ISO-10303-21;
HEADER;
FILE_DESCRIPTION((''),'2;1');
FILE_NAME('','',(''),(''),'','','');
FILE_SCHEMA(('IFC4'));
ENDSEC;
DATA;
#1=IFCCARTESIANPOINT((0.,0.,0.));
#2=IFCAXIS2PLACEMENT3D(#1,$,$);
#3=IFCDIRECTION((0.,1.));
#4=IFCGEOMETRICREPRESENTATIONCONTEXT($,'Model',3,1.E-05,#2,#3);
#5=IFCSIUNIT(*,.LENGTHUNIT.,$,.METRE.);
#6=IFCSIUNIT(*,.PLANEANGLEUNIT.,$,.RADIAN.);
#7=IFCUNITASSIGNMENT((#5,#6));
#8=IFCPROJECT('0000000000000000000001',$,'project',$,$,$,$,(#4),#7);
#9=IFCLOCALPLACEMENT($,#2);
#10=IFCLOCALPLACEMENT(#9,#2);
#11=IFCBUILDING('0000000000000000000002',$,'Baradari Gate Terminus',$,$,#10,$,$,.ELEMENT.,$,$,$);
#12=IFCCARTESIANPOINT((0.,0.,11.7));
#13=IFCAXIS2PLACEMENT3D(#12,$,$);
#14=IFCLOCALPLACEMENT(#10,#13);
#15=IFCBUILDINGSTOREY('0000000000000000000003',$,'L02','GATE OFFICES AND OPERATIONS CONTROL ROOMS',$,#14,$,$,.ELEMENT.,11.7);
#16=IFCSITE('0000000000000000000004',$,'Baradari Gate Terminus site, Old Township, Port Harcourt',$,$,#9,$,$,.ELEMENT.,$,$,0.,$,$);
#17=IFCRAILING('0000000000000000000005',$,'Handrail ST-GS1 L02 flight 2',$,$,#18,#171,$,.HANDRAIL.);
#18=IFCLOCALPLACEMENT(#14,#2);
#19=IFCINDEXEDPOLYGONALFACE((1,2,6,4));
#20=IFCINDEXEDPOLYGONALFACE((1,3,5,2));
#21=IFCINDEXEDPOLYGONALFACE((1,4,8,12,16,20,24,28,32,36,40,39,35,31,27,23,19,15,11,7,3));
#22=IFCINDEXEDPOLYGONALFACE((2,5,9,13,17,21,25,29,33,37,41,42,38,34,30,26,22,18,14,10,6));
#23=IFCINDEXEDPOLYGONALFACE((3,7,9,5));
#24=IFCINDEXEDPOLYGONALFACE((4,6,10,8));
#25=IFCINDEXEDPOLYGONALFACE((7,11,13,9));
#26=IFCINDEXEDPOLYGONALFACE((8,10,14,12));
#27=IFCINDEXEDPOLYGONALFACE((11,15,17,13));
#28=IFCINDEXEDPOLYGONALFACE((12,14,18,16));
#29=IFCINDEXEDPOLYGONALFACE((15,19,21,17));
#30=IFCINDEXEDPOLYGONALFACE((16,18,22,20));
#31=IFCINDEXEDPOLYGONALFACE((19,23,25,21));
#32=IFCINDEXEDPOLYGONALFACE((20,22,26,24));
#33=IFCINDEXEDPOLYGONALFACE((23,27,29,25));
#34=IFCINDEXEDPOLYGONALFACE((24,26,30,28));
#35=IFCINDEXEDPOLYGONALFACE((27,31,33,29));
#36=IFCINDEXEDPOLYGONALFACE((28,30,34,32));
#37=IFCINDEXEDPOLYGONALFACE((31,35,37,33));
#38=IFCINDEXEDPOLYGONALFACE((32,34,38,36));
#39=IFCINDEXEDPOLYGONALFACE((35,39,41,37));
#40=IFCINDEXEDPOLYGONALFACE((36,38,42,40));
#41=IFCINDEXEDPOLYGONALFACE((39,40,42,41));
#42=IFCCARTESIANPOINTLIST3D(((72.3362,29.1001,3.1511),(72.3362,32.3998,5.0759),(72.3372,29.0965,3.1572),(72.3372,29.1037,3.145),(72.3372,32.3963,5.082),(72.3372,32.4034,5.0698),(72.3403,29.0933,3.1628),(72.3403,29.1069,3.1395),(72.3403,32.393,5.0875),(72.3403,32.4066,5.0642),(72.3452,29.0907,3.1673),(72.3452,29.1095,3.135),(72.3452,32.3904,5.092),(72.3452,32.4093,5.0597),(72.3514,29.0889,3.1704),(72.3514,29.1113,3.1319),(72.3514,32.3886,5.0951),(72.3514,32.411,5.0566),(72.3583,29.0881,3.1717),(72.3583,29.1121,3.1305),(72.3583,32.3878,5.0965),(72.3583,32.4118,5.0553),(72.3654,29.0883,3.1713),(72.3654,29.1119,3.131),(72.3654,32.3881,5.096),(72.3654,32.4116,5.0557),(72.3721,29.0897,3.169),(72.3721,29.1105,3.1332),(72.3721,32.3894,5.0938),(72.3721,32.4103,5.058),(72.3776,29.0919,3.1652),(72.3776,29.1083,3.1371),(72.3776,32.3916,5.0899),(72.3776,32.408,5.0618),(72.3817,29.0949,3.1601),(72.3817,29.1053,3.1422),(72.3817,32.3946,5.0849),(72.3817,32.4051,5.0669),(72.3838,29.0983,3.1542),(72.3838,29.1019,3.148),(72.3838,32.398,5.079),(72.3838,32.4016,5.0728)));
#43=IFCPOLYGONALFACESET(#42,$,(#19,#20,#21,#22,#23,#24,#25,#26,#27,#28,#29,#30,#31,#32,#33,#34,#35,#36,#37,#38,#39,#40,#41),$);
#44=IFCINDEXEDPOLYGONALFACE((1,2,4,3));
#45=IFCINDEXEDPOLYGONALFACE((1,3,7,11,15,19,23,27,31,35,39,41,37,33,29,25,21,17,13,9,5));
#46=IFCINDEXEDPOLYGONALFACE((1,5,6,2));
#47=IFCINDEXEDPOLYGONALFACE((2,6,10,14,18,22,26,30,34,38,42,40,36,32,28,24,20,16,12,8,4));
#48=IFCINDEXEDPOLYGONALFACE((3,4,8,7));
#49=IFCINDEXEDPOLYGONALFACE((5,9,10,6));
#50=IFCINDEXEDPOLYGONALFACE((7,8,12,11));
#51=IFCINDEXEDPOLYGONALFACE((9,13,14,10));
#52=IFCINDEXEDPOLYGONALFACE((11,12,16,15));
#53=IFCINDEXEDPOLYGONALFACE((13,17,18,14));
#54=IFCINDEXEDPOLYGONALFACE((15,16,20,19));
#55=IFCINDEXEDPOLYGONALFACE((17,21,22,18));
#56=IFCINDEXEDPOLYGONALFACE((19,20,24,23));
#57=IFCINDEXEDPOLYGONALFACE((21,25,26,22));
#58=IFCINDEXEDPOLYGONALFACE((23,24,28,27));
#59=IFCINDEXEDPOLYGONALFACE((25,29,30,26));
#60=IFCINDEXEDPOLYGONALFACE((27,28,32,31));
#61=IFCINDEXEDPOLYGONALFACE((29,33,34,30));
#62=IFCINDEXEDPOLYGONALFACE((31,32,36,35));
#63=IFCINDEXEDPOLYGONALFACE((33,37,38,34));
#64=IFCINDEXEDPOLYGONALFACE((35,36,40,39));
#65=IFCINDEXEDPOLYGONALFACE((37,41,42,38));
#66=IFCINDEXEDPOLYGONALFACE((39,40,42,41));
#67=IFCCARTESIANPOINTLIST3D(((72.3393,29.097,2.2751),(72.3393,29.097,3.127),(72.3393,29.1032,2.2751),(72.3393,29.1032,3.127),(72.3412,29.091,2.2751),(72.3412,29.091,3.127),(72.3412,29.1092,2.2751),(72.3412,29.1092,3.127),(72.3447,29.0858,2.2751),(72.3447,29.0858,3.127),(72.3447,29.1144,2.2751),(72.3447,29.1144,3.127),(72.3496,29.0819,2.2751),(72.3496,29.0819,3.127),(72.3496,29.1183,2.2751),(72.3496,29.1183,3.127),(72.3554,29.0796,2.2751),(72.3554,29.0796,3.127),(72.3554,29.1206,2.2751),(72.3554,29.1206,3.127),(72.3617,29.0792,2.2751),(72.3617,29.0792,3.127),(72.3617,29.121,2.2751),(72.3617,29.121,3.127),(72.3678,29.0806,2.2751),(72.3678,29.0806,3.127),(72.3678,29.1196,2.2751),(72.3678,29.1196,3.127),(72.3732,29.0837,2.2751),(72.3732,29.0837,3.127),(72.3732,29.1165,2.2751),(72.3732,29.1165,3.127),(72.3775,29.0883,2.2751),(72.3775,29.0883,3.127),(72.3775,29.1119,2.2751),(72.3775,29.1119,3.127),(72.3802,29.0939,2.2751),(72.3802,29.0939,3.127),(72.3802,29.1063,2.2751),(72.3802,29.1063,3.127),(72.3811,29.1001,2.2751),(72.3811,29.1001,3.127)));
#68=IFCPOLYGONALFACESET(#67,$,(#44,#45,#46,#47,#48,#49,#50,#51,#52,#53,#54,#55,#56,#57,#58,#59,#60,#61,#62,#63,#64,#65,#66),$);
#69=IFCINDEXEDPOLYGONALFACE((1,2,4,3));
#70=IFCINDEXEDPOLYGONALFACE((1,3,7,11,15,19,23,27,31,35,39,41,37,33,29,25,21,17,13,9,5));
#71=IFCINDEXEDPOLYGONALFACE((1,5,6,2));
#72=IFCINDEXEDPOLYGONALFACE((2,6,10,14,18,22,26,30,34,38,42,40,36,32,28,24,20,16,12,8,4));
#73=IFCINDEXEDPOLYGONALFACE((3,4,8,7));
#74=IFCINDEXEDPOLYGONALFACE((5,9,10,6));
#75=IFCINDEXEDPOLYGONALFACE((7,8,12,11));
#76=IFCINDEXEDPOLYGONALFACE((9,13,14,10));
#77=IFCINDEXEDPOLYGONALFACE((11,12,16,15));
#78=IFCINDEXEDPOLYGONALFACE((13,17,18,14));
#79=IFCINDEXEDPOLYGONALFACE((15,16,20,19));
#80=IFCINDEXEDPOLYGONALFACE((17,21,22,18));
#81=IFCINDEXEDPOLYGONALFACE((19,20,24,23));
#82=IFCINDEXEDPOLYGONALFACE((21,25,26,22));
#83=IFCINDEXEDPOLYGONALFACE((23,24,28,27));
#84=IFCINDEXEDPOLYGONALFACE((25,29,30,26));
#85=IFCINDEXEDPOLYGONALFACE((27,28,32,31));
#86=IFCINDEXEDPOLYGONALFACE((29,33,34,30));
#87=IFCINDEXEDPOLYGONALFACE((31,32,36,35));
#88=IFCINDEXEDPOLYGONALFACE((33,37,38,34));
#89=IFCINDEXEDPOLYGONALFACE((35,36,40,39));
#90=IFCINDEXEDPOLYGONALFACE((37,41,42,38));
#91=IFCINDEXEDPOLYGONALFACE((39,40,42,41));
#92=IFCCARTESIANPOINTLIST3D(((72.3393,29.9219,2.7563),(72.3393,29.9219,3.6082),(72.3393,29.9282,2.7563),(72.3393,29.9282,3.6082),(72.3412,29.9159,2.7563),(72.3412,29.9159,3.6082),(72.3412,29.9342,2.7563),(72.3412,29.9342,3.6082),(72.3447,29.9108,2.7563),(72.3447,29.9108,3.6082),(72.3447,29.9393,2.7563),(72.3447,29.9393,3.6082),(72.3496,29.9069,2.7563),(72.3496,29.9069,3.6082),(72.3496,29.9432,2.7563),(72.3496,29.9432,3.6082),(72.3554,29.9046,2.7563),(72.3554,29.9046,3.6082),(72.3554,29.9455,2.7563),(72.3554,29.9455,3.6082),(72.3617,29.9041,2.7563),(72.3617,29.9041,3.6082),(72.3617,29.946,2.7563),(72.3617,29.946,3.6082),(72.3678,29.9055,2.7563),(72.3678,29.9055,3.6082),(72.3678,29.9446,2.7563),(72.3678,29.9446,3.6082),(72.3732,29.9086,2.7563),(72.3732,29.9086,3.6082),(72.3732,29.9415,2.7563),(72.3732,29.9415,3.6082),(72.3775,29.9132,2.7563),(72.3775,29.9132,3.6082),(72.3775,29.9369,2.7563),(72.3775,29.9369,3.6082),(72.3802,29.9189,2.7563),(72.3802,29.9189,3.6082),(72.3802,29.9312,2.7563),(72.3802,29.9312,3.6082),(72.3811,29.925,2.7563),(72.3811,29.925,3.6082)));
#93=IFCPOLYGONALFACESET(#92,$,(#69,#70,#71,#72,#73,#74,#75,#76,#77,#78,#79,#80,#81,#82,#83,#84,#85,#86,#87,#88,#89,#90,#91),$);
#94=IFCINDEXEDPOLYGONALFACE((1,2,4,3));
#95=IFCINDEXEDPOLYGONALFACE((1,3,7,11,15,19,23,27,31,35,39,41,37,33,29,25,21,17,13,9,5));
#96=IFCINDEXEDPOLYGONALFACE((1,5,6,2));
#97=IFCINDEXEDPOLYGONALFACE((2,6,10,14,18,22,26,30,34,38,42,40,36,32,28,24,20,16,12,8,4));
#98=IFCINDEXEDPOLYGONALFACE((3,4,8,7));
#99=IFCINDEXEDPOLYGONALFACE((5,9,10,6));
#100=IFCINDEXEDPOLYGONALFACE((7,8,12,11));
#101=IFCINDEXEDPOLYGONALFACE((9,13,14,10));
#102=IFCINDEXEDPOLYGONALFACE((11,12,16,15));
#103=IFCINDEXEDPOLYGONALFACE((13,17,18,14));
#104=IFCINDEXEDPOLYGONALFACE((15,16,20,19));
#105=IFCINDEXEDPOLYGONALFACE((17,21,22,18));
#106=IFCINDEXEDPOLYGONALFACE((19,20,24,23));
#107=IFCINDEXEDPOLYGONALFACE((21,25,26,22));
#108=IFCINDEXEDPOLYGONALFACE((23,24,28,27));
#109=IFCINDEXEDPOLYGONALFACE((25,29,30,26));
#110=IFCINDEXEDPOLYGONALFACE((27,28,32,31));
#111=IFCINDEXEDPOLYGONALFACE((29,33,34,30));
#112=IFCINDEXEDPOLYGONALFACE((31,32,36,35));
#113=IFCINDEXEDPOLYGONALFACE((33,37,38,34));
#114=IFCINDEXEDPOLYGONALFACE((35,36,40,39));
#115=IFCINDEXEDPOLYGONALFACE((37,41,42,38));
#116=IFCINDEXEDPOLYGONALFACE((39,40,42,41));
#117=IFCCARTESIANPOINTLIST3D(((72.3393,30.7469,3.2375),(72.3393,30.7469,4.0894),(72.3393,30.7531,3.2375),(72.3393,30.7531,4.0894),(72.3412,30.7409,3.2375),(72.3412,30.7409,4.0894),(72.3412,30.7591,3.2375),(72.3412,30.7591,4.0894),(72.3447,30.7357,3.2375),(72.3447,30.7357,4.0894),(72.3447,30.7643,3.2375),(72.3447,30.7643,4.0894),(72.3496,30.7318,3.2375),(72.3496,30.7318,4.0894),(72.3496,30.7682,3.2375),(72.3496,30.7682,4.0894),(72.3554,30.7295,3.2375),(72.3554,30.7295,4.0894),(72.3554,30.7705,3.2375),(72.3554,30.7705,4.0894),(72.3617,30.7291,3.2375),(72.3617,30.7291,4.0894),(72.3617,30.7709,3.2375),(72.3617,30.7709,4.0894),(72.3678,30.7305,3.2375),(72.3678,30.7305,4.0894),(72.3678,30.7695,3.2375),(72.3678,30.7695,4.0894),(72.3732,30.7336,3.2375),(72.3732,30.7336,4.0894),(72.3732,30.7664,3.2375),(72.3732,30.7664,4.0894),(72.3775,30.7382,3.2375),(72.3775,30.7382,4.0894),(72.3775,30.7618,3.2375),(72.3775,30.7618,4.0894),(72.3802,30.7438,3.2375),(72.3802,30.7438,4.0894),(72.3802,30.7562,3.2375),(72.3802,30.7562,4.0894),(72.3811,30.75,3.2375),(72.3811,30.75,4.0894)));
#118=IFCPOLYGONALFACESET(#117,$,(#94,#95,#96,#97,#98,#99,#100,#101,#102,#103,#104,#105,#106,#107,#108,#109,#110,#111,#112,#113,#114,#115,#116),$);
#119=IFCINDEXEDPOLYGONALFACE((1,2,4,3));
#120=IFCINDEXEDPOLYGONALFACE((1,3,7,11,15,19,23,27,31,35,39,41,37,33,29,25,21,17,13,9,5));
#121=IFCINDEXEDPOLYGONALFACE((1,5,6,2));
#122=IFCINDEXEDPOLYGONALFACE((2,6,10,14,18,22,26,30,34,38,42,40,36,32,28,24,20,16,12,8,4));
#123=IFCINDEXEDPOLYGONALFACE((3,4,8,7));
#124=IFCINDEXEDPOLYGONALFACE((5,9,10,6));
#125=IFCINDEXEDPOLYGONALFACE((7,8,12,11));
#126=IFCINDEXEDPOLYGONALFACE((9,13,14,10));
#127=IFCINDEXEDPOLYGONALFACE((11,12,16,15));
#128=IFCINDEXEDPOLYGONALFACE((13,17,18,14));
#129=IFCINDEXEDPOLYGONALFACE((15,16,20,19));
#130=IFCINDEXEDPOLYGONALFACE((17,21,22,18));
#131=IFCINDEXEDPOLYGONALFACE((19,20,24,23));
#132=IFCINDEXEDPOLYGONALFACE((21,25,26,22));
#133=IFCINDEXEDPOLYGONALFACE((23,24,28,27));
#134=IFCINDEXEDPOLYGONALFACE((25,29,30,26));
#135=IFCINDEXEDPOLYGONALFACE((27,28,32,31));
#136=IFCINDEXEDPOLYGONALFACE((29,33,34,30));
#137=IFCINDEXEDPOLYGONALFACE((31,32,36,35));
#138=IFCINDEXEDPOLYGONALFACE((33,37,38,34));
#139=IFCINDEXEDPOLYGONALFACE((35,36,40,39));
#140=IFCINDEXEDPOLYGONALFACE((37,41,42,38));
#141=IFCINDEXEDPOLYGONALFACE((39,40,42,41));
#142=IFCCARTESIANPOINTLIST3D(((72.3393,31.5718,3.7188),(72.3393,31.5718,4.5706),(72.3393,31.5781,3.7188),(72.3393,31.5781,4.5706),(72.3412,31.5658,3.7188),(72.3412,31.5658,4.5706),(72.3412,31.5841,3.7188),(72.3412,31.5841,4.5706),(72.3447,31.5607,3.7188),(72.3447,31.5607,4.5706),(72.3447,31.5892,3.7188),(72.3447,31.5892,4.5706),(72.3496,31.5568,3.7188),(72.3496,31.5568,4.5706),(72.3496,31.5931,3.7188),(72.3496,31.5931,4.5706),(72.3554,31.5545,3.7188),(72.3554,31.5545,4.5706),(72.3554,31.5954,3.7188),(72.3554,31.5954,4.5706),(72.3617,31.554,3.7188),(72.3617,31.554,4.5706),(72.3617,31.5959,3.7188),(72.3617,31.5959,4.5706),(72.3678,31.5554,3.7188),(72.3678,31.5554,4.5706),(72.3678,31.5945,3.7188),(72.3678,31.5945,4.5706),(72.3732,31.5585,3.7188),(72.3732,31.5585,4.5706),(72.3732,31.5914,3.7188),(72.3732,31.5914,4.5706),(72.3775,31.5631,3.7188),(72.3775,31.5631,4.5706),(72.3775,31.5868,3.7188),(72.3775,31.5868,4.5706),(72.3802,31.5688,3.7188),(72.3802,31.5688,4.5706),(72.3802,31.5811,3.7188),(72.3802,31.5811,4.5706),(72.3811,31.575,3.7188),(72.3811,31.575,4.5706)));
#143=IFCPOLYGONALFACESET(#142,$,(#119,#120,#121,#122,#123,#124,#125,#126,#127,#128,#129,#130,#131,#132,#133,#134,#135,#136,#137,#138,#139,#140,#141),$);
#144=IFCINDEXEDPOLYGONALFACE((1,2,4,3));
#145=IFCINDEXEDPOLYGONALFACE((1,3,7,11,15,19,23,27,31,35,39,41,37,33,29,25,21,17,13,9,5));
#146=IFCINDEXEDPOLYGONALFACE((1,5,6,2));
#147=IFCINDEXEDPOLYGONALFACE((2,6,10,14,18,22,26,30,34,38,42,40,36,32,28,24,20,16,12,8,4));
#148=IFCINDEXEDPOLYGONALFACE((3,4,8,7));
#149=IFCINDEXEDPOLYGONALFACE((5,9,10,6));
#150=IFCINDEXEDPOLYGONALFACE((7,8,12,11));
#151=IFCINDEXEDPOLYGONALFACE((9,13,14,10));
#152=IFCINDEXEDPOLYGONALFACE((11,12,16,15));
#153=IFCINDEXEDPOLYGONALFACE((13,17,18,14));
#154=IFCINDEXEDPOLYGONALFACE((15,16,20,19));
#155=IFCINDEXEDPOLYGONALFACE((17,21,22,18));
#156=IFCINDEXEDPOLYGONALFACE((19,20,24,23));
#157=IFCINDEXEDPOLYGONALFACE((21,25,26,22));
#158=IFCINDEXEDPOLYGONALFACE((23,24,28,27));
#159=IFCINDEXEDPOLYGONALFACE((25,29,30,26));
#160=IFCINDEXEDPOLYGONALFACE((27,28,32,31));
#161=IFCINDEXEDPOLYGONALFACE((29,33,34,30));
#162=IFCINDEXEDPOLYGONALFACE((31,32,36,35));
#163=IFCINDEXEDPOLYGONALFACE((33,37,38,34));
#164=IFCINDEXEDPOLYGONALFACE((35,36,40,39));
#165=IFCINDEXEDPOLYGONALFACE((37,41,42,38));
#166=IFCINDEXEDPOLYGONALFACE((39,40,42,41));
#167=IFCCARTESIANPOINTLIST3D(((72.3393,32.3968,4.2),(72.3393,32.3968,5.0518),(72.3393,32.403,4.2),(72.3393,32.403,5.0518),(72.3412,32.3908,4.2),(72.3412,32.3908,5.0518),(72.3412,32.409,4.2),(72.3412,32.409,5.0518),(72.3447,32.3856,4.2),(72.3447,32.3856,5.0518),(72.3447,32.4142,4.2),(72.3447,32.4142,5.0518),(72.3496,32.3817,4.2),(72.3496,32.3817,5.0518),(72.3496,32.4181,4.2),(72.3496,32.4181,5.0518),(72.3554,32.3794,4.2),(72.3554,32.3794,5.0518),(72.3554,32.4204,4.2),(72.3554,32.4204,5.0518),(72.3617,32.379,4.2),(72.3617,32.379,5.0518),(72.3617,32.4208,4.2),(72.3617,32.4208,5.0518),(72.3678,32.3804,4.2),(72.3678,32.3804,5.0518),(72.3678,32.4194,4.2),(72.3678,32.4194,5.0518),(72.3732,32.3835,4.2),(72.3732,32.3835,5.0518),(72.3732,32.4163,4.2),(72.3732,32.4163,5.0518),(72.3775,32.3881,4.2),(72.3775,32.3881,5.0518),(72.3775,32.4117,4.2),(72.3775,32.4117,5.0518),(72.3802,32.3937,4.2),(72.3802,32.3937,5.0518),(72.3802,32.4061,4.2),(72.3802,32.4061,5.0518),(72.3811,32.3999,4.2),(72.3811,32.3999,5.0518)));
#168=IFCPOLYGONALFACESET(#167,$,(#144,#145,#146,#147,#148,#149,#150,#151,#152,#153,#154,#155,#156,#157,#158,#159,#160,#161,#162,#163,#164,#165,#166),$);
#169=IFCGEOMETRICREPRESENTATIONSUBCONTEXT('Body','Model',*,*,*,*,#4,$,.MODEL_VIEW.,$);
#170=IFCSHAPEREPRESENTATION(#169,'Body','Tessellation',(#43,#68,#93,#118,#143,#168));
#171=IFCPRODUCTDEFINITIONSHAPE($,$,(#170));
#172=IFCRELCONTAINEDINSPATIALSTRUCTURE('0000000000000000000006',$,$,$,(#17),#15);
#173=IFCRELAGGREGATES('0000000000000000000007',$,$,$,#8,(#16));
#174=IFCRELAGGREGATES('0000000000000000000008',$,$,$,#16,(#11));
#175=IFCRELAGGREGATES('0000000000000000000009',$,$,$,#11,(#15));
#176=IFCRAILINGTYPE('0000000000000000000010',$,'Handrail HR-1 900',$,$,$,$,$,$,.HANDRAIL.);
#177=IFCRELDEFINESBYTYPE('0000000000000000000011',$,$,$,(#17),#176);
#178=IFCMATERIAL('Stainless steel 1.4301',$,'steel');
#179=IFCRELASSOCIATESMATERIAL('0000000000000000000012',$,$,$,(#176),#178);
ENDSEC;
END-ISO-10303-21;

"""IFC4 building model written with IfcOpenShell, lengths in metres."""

from ifc_helpers import new_model, si_unit, direction, frame, origin, origin_2d, place, context, subcontext, project, spatial, circle, extrude, material, type_object, element, save


model = new_model("IFC4")

# Units and contexts
model_context = context("Model", 3, precision=1e-05, world=origin(), true_north=direction((0.0, 1.0)))
body_context = subcontext(model_context, "Body", "Model", "MODEL_VIEW")
ifc_project = project(units=[si_unit("LENGTHUNIT", "METRE"), si_unit("PLANEANGLEUNIT", "RADIAN")], contexts=[model_context])

# Site, building, storey
site_placement = place(None, origin())
site = spatial("IfcSite", under=ifc_project, at=site_placement, Name="Baradari Gate Terminus site, Old Township, Port Harcourt", CompositionType="ELEMENT", RefElevation=0.0)
building_placement = place(site_placement, origin())
building = spatial("IfcBuilding", under=site, at=building_placement, Name="Baradari Gate Terminus", CompositionType="ELEMENT")
storey_placement = place(building_placement, frame((0.0, 0.0, 11.7)))
storey = spatial("IfcBuildingStorey", under=building, at=storey_placement, Name="L02", Description="GATE OFFICES AND OPERATIONS CONTROL ROOMS", CompositionType="ELEMENT", Elevation=11.7)

# Railing
ifc_material_1 = material(Name="Stainless steel 1.4301", Category="steel")
railing_type = type_object("IfcRailingType", Name="Handrail HR-1 900", PredefinedType="HANDRAIL", material=ifc_material_1)
for number, where, name in (
    (1, (72.3601, 29.1001, 2.2751), "Handrail ST-GS1 L02 flight 2"),
):
    element("IfcRailing", number, at=place(storey_placement, frame(where)), inside=storey, type_object=railing_type, Name=name, PredefinedType="HANDRAIL", context=body_context, shape_type="SweptSolid", body=[
        extrude(circle(Radius=0.0239, at=origin_2d()), frame((0.0, 0.0, 0.876), z_axis=(0.0, 0.863788, 0.503855), x_axis=(-1.0, 0.0, 0.0)), (0.0, 0.0, 1.0), 3.8201),
        extrude(circle(Radius=0.021, at=origin_2d()), origin(), (0.0, 0.0, 1.0), 0.8518),
        extrude(circle(Radius=0.021, at=origin_2d()), frame((0.0, 0.825, 0.4812)), (0.0, 0.0, 1.0), 0.8518),
        extrude(circle(Radius=0.021, at=origin_2d()), frame((0.0, 1.6499, 0.9624)), (0.0, 0.0, 1.0), 0.8518),
        extrude(circle(Radius=0.021, at=origin_2d()), frame((0.0, 2.4749, 1.4436)), (0.0, 0.0, 1.0), 0.8518),
        extrude(circle(Radius=0.021, at=origin_2d()), frame((0.0, 3.2998, 1.9248)), (0.0, 0.0, 1.0), 0.8518),
    ])

save(model, "model.ifc")
